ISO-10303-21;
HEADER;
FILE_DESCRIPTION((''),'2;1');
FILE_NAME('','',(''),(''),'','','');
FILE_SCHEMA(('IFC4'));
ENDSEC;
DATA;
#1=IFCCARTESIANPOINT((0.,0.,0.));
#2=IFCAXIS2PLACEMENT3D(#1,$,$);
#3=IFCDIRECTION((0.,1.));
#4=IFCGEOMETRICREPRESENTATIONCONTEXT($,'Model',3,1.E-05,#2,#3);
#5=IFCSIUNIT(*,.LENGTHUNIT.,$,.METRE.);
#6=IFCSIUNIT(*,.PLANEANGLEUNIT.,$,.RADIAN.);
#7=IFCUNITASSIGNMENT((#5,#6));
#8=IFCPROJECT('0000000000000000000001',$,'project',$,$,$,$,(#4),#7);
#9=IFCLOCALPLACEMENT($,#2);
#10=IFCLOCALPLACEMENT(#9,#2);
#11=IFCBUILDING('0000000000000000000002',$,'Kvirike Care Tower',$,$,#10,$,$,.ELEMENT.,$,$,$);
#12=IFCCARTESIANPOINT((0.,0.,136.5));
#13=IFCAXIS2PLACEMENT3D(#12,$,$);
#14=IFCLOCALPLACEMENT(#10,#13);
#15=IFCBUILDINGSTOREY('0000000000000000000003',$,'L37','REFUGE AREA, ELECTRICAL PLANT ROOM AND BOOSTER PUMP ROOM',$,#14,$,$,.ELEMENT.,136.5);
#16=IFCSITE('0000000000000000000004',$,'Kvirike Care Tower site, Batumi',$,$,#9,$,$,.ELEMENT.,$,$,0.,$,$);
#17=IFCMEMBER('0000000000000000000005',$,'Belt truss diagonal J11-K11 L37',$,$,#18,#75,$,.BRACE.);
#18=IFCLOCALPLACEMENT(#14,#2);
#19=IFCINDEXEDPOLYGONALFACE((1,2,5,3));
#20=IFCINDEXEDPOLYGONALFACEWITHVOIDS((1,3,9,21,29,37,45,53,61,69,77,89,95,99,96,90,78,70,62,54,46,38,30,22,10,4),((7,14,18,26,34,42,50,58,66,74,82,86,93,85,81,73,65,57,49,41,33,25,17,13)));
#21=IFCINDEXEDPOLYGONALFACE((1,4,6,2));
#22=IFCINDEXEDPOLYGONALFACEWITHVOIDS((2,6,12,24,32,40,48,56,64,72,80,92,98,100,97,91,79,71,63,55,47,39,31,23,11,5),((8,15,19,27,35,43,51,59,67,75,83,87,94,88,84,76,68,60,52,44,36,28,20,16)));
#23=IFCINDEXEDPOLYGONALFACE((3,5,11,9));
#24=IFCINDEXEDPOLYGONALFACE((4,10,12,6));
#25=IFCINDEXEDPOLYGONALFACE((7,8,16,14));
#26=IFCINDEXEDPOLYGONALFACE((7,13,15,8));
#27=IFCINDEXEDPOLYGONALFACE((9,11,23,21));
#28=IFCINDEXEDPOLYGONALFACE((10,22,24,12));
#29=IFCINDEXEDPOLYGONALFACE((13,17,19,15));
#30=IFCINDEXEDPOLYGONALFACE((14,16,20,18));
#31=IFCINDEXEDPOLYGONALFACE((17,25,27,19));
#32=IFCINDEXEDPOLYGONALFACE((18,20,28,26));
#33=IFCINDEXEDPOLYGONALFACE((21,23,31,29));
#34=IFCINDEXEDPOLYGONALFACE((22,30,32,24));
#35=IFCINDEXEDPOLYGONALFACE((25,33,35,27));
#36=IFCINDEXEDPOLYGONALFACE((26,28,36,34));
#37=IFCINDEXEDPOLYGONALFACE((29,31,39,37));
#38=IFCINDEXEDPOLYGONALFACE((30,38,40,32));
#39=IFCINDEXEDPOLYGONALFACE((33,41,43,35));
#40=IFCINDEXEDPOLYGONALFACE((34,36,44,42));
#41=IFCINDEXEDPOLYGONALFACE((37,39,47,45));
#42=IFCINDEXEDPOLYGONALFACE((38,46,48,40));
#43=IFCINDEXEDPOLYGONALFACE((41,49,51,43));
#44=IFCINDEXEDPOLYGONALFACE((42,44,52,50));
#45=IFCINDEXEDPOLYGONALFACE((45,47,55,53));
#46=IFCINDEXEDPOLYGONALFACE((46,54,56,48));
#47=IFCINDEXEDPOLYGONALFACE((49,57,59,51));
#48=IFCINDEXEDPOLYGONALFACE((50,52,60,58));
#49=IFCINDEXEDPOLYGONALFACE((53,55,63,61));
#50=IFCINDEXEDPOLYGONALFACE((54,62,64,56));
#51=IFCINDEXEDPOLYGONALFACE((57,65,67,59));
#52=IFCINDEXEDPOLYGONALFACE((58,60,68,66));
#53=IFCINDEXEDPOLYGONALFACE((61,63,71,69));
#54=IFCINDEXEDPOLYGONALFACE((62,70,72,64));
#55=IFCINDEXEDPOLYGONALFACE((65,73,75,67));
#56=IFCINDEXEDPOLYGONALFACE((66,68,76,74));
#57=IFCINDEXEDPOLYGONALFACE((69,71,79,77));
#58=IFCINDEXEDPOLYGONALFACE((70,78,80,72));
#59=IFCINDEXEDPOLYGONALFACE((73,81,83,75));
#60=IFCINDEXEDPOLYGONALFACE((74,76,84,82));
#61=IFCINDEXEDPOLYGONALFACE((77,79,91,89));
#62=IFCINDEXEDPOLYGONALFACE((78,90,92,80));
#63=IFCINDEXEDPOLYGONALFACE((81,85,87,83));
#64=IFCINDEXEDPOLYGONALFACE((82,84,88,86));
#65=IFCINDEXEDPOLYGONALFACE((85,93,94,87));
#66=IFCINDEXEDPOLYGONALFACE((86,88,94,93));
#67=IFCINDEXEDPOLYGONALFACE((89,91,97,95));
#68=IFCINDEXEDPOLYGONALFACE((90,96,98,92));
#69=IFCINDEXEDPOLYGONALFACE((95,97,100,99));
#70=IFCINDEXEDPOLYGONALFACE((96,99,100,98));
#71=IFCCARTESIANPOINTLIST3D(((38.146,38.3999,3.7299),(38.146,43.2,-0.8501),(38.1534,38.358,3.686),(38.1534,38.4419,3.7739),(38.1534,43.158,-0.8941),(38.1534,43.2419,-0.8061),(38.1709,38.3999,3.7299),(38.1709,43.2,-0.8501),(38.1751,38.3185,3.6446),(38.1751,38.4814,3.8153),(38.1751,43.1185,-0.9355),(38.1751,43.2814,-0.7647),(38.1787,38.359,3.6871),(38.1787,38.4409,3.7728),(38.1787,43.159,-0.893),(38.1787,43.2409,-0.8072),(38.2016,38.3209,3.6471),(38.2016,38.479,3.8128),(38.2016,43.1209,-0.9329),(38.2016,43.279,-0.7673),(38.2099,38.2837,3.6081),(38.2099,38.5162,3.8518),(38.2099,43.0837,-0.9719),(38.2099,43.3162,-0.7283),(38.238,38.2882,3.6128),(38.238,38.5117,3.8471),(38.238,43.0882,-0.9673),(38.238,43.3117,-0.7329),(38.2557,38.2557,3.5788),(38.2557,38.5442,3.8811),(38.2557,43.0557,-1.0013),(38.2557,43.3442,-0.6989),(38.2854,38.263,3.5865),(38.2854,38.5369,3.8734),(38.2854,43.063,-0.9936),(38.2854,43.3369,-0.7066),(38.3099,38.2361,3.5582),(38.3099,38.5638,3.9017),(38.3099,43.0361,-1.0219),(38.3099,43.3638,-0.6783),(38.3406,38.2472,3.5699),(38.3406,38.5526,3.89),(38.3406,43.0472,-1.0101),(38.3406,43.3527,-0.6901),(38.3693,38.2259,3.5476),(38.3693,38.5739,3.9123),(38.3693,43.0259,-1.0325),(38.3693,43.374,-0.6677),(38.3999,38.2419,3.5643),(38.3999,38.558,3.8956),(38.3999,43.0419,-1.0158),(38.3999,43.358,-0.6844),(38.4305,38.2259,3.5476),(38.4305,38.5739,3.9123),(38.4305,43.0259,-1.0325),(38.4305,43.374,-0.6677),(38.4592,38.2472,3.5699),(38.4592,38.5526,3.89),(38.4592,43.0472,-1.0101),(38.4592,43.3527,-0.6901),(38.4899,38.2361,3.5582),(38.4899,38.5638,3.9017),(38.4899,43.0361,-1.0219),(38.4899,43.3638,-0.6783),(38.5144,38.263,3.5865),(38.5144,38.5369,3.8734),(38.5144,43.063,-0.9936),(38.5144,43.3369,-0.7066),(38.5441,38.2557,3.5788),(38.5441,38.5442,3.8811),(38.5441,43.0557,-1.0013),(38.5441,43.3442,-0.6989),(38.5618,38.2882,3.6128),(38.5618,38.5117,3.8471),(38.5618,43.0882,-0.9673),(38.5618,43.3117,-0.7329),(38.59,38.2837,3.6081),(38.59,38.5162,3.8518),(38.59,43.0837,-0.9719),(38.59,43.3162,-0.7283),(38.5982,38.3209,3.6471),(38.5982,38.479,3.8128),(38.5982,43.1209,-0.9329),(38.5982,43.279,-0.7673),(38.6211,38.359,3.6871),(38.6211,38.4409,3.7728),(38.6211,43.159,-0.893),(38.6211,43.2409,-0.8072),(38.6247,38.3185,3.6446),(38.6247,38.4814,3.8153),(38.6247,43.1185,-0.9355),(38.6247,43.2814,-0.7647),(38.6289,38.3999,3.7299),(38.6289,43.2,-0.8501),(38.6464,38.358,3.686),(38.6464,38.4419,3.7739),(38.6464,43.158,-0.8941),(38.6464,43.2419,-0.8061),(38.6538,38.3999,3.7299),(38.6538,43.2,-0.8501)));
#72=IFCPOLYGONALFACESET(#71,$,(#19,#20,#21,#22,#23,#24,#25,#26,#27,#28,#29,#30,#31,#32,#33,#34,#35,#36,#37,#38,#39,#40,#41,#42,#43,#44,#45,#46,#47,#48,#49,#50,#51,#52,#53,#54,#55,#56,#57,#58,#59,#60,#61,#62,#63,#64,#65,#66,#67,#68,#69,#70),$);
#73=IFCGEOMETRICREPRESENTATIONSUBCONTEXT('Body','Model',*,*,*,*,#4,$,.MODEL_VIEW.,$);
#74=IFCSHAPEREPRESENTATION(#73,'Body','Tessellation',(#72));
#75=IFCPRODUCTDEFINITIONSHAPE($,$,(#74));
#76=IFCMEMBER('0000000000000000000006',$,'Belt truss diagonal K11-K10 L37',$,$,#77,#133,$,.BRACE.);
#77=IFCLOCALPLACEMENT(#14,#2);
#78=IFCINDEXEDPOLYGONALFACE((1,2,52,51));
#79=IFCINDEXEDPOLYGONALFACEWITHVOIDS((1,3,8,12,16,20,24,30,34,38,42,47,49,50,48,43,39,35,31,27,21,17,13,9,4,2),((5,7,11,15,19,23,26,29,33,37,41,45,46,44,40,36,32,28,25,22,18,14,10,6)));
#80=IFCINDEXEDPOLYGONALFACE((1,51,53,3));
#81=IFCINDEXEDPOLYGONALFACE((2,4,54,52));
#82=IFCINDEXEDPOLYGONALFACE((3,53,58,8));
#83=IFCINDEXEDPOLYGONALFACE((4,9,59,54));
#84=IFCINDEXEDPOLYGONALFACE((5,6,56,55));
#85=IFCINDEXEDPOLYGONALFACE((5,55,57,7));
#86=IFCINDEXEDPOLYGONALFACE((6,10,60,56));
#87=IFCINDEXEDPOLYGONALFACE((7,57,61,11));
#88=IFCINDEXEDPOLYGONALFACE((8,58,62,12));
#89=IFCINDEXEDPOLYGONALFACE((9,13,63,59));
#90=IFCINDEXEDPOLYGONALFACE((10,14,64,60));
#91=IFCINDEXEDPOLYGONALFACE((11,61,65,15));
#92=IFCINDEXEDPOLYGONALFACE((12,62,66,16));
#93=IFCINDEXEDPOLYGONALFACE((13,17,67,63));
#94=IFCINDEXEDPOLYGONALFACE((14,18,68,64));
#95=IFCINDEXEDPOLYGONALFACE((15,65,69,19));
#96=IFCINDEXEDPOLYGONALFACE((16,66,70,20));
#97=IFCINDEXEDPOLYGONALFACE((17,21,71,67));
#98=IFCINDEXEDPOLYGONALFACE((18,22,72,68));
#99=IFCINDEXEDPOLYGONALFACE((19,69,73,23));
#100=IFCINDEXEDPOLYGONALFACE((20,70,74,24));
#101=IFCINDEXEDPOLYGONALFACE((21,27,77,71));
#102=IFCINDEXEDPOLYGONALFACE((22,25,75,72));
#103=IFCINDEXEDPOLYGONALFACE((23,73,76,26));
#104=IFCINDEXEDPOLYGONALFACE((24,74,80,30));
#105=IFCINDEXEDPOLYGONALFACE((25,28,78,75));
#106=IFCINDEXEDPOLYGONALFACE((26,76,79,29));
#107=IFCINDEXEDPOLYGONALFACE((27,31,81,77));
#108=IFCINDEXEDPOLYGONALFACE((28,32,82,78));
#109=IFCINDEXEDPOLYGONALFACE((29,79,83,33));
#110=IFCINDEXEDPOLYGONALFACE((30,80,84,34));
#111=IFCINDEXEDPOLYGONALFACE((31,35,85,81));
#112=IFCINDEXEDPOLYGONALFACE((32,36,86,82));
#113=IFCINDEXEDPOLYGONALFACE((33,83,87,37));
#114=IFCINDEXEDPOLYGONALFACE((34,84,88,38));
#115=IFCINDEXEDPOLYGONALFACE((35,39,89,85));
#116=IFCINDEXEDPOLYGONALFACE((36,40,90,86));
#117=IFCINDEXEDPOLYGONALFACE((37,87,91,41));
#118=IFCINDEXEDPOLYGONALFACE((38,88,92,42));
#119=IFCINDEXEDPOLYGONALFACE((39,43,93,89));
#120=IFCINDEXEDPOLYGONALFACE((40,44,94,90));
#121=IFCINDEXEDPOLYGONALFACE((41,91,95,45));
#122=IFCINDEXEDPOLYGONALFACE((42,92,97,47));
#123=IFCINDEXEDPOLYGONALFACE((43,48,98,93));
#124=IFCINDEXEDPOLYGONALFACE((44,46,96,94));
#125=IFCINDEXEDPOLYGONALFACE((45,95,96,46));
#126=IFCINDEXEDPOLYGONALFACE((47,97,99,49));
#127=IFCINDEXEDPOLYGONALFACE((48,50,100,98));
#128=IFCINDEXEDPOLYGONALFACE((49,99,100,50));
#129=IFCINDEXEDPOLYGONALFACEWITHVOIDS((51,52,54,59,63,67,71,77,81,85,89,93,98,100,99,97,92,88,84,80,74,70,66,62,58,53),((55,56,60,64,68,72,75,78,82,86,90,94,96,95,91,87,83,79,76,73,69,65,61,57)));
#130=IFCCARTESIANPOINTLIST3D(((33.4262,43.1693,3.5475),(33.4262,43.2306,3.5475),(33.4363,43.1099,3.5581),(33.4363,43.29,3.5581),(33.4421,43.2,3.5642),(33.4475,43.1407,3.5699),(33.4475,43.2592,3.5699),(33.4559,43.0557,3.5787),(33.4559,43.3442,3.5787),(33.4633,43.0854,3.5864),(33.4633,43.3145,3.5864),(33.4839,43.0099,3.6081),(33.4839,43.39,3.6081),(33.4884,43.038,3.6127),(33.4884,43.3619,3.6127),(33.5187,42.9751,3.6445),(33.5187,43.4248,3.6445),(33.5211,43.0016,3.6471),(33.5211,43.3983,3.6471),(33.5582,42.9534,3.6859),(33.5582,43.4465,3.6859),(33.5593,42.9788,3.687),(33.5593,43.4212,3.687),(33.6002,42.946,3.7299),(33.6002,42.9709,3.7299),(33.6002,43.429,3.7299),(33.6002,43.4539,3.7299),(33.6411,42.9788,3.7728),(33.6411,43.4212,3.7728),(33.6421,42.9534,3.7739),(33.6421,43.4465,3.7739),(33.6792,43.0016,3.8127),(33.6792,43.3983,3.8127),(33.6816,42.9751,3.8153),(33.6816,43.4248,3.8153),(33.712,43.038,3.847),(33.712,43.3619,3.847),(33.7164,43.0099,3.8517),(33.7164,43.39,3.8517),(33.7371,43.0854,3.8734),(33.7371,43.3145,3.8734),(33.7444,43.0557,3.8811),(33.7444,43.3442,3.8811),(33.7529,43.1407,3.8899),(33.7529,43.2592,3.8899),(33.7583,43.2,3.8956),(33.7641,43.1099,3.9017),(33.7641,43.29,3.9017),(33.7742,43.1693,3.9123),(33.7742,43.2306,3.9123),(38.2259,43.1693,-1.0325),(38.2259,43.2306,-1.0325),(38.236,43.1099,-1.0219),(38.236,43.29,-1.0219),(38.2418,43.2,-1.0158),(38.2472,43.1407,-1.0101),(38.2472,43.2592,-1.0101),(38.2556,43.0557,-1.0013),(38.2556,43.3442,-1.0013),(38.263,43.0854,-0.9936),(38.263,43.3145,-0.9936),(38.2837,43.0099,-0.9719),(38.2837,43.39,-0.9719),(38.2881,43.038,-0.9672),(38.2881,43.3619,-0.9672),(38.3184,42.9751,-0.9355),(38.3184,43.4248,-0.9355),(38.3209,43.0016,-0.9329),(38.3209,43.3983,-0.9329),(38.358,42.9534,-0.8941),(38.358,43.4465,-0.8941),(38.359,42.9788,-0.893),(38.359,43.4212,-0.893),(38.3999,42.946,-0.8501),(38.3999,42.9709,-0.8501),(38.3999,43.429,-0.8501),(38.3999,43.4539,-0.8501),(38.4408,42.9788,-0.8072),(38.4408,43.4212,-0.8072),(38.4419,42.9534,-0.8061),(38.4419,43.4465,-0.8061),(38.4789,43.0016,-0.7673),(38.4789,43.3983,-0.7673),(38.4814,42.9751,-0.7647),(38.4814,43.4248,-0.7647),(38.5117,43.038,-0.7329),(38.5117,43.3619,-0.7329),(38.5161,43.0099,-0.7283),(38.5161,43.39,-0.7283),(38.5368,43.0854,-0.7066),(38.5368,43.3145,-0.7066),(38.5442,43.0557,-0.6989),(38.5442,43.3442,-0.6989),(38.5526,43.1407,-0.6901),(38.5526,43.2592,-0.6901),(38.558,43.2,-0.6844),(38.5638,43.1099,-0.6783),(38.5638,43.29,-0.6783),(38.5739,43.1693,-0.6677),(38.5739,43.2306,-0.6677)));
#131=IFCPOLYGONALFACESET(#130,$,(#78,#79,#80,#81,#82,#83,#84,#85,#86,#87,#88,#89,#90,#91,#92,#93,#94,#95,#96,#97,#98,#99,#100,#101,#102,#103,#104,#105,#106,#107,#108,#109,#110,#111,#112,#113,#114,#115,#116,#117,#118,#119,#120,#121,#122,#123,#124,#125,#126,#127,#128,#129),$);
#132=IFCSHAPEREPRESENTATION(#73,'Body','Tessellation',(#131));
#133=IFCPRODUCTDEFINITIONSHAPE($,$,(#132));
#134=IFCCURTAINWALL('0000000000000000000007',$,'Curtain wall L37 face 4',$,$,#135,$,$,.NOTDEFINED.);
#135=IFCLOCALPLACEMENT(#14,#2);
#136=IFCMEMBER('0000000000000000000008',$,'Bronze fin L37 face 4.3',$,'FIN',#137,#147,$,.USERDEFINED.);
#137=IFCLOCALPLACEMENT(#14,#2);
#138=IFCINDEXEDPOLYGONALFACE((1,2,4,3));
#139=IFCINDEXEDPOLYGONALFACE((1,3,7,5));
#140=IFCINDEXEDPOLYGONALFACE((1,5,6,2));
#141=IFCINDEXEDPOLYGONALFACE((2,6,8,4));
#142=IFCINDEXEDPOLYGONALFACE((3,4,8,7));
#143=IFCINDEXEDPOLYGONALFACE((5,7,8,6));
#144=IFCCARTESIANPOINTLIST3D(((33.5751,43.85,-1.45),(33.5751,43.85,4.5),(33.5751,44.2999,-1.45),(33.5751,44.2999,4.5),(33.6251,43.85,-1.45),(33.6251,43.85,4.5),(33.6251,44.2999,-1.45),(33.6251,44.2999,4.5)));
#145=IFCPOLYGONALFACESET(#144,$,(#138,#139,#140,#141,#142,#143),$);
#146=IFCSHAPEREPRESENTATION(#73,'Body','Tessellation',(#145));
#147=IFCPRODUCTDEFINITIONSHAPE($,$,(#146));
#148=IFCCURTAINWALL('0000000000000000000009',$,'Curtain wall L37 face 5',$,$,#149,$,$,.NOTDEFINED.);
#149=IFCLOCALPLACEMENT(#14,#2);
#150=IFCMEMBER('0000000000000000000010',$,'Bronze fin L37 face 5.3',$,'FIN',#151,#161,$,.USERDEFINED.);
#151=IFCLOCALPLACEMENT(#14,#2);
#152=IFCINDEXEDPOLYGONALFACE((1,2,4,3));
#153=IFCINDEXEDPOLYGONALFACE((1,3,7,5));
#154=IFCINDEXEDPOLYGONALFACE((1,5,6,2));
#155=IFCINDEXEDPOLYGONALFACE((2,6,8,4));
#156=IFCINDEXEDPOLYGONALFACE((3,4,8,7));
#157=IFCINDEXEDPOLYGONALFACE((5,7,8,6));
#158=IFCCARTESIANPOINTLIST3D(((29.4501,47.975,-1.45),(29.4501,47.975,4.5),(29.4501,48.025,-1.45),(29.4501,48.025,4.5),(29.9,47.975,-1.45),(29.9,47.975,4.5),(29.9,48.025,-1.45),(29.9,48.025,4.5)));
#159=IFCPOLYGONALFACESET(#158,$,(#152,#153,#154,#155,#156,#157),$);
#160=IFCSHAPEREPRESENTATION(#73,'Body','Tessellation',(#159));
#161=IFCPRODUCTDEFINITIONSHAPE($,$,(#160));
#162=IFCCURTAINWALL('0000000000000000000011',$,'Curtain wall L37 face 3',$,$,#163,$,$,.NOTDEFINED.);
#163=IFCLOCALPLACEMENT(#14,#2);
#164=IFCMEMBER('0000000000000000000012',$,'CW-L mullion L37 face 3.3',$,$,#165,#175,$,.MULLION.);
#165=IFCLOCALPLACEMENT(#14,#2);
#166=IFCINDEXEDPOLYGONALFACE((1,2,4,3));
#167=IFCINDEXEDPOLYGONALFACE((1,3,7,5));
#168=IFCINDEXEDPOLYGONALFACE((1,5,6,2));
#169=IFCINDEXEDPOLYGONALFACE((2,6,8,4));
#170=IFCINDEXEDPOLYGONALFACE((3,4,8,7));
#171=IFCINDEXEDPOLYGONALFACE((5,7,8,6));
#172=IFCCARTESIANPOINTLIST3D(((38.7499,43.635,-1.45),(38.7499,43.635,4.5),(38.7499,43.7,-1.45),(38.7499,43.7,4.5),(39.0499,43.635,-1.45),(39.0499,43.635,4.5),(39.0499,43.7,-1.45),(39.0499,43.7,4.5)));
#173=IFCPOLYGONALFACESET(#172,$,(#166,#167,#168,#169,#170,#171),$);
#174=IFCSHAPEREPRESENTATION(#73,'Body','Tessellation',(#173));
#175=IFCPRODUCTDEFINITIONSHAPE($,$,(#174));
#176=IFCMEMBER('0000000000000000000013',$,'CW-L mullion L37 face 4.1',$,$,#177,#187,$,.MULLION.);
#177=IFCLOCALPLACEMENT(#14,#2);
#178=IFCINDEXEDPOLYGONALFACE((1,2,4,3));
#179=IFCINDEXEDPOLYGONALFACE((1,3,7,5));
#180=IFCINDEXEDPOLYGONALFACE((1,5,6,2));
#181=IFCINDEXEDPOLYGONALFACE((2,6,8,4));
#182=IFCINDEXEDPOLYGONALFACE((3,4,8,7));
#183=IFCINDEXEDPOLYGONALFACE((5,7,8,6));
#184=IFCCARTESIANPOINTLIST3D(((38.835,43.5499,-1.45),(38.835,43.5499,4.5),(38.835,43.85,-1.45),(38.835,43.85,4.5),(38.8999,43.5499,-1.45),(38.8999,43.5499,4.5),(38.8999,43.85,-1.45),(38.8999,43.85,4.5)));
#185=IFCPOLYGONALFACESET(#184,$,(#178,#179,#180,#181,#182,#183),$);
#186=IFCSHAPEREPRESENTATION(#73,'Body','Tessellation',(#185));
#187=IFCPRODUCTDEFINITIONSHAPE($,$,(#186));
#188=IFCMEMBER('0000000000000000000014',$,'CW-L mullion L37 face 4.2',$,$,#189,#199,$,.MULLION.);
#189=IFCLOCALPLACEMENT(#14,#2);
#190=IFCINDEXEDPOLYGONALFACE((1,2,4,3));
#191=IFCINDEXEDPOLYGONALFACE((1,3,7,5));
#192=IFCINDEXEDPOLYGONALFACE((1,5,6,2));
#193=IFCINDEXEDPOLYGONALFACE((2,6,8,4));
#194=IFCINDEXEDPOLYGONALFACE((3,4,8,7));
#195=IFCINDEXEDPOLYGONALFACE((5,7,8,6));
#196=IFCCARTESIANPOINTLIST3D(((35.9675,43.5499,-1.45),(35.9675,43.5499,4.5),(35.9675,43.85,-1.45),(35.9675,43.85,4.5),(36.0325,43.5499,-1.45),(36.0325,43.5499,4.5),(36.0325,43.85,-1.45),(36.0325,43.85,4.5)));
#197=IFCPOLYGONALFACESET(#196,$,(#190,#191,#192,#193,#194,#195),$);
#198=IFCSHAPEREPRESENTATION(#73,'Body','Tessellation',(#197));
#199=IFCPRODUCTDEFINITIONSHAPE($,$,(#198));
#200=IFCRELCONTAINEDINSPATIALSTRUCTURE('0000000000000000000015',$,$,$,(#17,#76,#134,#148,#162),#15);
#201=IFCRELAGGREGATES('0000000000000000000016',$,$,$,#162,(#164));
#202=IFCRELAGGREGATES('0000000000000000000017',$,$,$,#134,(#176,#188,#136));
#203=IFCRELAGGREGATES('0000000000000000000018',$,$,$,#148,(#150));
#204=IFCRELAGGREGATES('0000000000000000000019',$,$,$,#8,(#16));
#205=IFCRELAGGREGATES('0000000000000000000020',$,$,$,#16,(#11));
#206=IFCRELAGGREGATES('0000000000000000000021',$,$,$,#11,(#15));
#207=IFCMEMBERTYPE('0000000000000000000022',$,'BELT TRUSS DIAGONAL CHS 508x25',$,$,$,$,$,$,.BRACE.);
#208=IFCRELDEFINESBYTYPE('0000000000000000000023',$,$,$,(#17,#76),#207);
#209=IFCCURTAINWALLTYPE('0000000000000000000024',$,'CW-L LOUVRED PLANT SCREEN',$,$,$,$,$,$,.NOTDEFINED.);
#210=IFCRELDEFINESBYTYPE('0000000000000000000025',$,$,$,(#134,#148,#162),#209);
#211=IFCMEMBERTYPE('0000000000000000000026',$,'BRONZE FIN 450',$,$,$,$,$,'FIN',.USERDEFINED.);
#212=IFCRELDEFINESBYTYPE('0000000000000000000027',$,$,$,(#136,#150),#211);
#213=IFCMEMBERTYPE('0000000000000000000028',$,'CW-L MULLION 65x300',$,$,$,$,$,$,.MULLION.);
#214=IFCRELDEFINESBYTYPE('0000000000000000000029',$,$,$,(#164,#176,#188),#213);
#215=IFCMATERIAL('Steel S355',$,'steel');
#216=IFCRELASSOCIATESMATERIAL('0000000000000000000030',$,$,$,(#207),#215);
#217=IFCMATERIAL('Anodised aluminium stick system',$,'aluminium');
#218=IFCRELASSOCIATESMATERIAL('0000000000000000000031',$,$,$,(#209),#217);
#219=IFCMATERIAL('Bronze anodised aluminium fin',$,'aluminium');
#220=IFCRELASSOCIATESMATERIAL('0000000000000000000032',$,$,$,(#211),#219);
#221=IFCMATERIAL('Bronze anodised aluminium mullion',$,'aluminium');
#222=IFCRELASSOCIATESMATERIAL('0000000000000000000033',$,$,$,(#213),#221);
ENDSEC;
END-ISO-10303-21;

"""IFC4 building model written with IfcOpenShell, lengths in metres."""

from ifc_helpers import new_model, si_unit, direction, frame, origin, origin_2d, place, context, subcontext, project, spatial, rectangle, hollow_circle, extrude, material, material_profile, profile_set, type_object, element, aggregate, save


model = new_model("IFC4")

# Units and contexts
model_context = context("Model", 3, precision=1e-05, world=origin(), true_north=direction((0.0, 1.0)))
body_context = subcontext(model_context, "Body", "Model", "MODEL_VIEW")
ifc_project = project(units=[si_unit("LENGTHUNIT", "METRE"), si_unit("PLANEANGLEUNIT", "RADIAN")], contexts=[model_context])

# Site, building, storey
site_placement = place(None, origin())
site = spatial("IfcSite", under=ifc_project, at=site_placement, Name="Kvirike Care Tower site, Batumi", CompositionType="ELEMENT", RefElevation=0.0)
building_placement = place(site_placement, origin())
building = spatial("IfcBuilding", under=site, at=building_placement, Name="Kvirike Care Tower", CompositionType="ELEMENT")
storey_placement = place(building_placement, frame((0.0, 0.0, 136.5)))
storey = spatial("IfcBuildingStorey", under=building, at=storey_placement, Name="L37", Description="REFUGE AREA, ELECTRICAL PLANT ROOM AND BOOSTER PUMP ROOM", CompositionType="ELEMENT", Elevation=136.5)

# Members
ifc_material_1 = material(Name="Steel S355", Category="steel")
ifc_material_profile_1 = material_profile(ifc_material_1, hollow_circle(Radius=0.2539, WallThickness=0.0249, at=origin_2d()), Name="CHS 508x25")
ifc_profile_set_1 = profile_set([ifc_material_profile_1], Name="Steel S355")
member_type_1 = type_object("IfcMemberType", Name="BELT TRUSS DIAGONAL CHS 508x25", PredefinedType="BRACE", material=ifc_profile_set_1)
member_1_placement = place(storey_placement, frame((38.3999, 43.2, -0.8501), z_axis=(0.0, -0.72349, 0.690335), x_axis=(1.0, 0.0, 0.0)))
element("IfcMember", 1, at=member_1_placement, inside=storey, type_object=member_type_1, Name="Belt truss diagonal J11-K11 L37", PredefinedType="BRACE", context=body_context, shape_type="SweptSolid", body=[
    extrude(hollow_circle(Radius=0.2539, WallThickness=0.0249, at=origin_2d()), origin(), (0.0, 0.0, 1.0), 6.6345),
])
member_2_placement = place(storey_placement, frame((38.3999, 43.2, -0.8501), z_axis=(-0.723472, 0.0, 0.690353), x_axis=(0.0, -1.0, 0.0)))
element("IfcMember", 2, at=member_2_placement, inside=storey, type_object=member_type_1, Name="Belt truss diagonal K11-K10 L37", PredefinedType="BRACE", context=body_context, shape_type="SweptSolid", body=[
    extrude(hollow_circle(Radius=0.2539, WallThickness=0.0249, at=origin_2d()), origin(), (0.0, 0.0, 1.0), 6.6343),
])

# Curtain walls, members
ifc_material_2 = material(Name="Anodised aluminium stick system", Category="aluminium")
curtain_wall_type = type_object("IfcCurtainWallType", Name="CW-L LOUVRED PLANT SCREEN", PredefinedType="NOTDEFINED", material=ifc_material_2)
curtain_wall_1_placement = place(storey_placement, origin())
curtain_wall_1 = element("IfcCurtainWall", 3, at=curtain_wall_1_placement, inside=storey, type_object=curtain_wall_type, Name="Curtain wall L37 face 4", PredefinedType="NOTDEFINED")
ifc_material_3 = material(Name="Bronze anodised aluminium fin", Category="aluminium")
ifc_material_profile_2 = material_profile(ifc_material_3, rectangle(XDim=0.05, YDim=0.45, at=origin_2d()), Name="BRONZE FIN 450")
ifc_profile_set_2 = profile_set([ifc_material_profile_2], Name="Bronze anodised aluminium fin")
member_type_2 = type_object("IfcMemberType", Name="BRONZE FIN 450", ElementType="FIN", PredefinedType="USERDEFINED", material=ifc_profile_set_2)
member_3_placement = place(storey_placement, frame((33.6001, 44.075, -1.45), z_axis=(0.0, 0.0, 1.0), x_axis=(-1.0, 0.0, 0.0)))
member_3 = element("IfcMember", 4, at=member_3_placement, type_object=member_type_2, Name="Bronze fin L37 face 4.3", ObjectType="FIN", PredefinedType="USERDEFINED", context=body_context, shape_type="SweptSolid", body=[
    extrude(rectangle(XDim=0.05, YDim=0.45, at=origin_2d()), origin(), (0.0, 0.0, 1.0), 5.95),
])
curtain_wall_2_placement = place(storey_placement, origin())
curtain_wall_2 = element("IfcCurtainWall", 5, at=curtain_wall_2_placement, inside=storey, type_object=curtain_wall_type, Name="Curtain wall L37 face 5", PredefinedType="NOTDEFINED")
member_4_placement = place(storey_placement, frame((29.675, 48.0, -1.45), z_axis=(0.0, 0.0, 1.0), x_axis=(0.0, 1.0, 0.0)))
member_4 = element("IfcMember", 6, at=member_4_placement, type_object=member_type_2, Name="Bronze fin L37 face 5.3", ObjectType="FIN", PredefinedType="USERDEFINED", context=body_context, shape_type="SweptSolid", body=[
    extrude(rectangle(XDim=0.05, YDim=0.45, at=origin_2d()), origin(), (0.0, 0.0, 1.0), 5.95),
])
curtain_wall_3_placement = place(storey_placement, origin())
curtain_wall_3 = element("IfcCurtainWall", 7, at=curtain_wall_3_placement, inside=storey, type_object=curtain_wall_type, Name="Curtain wall L37 face 3", PredefinedType="NOTDEFINED")
ifc_material_4 = material(Name="Bronze anodised aluminium mullion", Category="aluminium")
ifc_material_profile_3 = material_profile(ifc_material_4, rectangle(XDim=0.0649, YDim=0.3, at=origin_2d()), Name="CW-L MULLION 65x300")
ifc_profile_set_3 = profile_set([ifc_material_profile_3], Name="Bronze anodised aluminium mullion")
member_type_3 = type_object("IfcMemberType", Name="CW-L MULLION 65x300", PredefinedType="MULLION", material=ifc_profile_set_3)
member_5_placement = place(storey_placement, frame((38.8999, 43.6675, -1.45), z_axis=(0.0, 0.0, 1.0), x_axis=(0.0, 1.0, 0.0)))
member_5 = element("IfcMember", 8, at=member_5_placement, type_object=member_type_3, Name="CW-L mullion L37 face 3.3", PredefinedType="MULLION", context=body_context, shape_type="SweptSolid", body=[
    extrude(rectangle(XDim=0.0649, YDim=0.3, at=origin_2d()), origin(), (0.0, 0.0, 1.0), 5.95),
])
aggregate(curtain_wall_3, [member_5])

# Members
member_6_placement = place(storey_placement, frame((38.8674, 43.7, -1.45), z_axis=(0.0, 0.0, 1.0), x_axis=(-1.0, 0.0, 0.0)))
member_6 = element("IfcMember", 9, at=member_6_placement, type_object=member_type_3, Name="CW-L mullion L37 face 4.1", PredefinedType="MULLION", context=body_context, shape_type="SweptSolid", body=[
    extrude(rectangle(XDim=0.0649, YDim=0.3, at=origin_2d()), origin(), (0.0, 0.0, 1.0), 5.95),
])
member_7_placement = place(storey_placement, frame((36.0, 43.7, -1.45), z_axis=(0.0, 0.0, 1.0), x_axis=(-1.0, 0.0, 0.0)))
member_7 = element("IfcMember", 10, at=member_7_placement, type_object=member_type_3, Name="CW-L mullion L37 face 4.2", PredefinedType="MULLION", context=body_context, shape_type="SweptSolid", body=[
    extrude(rectangle(XDim=0.0649, YDim=0.3, at=origin_2d()), origin(), (0.0, 0.0, 1.0), 5.95),
])

aggregate(curtain_wall_1, [member_6, member_7, member_3])
aggregate(curtain_wall_2, [member_4])

save(model, "model.ifc")
